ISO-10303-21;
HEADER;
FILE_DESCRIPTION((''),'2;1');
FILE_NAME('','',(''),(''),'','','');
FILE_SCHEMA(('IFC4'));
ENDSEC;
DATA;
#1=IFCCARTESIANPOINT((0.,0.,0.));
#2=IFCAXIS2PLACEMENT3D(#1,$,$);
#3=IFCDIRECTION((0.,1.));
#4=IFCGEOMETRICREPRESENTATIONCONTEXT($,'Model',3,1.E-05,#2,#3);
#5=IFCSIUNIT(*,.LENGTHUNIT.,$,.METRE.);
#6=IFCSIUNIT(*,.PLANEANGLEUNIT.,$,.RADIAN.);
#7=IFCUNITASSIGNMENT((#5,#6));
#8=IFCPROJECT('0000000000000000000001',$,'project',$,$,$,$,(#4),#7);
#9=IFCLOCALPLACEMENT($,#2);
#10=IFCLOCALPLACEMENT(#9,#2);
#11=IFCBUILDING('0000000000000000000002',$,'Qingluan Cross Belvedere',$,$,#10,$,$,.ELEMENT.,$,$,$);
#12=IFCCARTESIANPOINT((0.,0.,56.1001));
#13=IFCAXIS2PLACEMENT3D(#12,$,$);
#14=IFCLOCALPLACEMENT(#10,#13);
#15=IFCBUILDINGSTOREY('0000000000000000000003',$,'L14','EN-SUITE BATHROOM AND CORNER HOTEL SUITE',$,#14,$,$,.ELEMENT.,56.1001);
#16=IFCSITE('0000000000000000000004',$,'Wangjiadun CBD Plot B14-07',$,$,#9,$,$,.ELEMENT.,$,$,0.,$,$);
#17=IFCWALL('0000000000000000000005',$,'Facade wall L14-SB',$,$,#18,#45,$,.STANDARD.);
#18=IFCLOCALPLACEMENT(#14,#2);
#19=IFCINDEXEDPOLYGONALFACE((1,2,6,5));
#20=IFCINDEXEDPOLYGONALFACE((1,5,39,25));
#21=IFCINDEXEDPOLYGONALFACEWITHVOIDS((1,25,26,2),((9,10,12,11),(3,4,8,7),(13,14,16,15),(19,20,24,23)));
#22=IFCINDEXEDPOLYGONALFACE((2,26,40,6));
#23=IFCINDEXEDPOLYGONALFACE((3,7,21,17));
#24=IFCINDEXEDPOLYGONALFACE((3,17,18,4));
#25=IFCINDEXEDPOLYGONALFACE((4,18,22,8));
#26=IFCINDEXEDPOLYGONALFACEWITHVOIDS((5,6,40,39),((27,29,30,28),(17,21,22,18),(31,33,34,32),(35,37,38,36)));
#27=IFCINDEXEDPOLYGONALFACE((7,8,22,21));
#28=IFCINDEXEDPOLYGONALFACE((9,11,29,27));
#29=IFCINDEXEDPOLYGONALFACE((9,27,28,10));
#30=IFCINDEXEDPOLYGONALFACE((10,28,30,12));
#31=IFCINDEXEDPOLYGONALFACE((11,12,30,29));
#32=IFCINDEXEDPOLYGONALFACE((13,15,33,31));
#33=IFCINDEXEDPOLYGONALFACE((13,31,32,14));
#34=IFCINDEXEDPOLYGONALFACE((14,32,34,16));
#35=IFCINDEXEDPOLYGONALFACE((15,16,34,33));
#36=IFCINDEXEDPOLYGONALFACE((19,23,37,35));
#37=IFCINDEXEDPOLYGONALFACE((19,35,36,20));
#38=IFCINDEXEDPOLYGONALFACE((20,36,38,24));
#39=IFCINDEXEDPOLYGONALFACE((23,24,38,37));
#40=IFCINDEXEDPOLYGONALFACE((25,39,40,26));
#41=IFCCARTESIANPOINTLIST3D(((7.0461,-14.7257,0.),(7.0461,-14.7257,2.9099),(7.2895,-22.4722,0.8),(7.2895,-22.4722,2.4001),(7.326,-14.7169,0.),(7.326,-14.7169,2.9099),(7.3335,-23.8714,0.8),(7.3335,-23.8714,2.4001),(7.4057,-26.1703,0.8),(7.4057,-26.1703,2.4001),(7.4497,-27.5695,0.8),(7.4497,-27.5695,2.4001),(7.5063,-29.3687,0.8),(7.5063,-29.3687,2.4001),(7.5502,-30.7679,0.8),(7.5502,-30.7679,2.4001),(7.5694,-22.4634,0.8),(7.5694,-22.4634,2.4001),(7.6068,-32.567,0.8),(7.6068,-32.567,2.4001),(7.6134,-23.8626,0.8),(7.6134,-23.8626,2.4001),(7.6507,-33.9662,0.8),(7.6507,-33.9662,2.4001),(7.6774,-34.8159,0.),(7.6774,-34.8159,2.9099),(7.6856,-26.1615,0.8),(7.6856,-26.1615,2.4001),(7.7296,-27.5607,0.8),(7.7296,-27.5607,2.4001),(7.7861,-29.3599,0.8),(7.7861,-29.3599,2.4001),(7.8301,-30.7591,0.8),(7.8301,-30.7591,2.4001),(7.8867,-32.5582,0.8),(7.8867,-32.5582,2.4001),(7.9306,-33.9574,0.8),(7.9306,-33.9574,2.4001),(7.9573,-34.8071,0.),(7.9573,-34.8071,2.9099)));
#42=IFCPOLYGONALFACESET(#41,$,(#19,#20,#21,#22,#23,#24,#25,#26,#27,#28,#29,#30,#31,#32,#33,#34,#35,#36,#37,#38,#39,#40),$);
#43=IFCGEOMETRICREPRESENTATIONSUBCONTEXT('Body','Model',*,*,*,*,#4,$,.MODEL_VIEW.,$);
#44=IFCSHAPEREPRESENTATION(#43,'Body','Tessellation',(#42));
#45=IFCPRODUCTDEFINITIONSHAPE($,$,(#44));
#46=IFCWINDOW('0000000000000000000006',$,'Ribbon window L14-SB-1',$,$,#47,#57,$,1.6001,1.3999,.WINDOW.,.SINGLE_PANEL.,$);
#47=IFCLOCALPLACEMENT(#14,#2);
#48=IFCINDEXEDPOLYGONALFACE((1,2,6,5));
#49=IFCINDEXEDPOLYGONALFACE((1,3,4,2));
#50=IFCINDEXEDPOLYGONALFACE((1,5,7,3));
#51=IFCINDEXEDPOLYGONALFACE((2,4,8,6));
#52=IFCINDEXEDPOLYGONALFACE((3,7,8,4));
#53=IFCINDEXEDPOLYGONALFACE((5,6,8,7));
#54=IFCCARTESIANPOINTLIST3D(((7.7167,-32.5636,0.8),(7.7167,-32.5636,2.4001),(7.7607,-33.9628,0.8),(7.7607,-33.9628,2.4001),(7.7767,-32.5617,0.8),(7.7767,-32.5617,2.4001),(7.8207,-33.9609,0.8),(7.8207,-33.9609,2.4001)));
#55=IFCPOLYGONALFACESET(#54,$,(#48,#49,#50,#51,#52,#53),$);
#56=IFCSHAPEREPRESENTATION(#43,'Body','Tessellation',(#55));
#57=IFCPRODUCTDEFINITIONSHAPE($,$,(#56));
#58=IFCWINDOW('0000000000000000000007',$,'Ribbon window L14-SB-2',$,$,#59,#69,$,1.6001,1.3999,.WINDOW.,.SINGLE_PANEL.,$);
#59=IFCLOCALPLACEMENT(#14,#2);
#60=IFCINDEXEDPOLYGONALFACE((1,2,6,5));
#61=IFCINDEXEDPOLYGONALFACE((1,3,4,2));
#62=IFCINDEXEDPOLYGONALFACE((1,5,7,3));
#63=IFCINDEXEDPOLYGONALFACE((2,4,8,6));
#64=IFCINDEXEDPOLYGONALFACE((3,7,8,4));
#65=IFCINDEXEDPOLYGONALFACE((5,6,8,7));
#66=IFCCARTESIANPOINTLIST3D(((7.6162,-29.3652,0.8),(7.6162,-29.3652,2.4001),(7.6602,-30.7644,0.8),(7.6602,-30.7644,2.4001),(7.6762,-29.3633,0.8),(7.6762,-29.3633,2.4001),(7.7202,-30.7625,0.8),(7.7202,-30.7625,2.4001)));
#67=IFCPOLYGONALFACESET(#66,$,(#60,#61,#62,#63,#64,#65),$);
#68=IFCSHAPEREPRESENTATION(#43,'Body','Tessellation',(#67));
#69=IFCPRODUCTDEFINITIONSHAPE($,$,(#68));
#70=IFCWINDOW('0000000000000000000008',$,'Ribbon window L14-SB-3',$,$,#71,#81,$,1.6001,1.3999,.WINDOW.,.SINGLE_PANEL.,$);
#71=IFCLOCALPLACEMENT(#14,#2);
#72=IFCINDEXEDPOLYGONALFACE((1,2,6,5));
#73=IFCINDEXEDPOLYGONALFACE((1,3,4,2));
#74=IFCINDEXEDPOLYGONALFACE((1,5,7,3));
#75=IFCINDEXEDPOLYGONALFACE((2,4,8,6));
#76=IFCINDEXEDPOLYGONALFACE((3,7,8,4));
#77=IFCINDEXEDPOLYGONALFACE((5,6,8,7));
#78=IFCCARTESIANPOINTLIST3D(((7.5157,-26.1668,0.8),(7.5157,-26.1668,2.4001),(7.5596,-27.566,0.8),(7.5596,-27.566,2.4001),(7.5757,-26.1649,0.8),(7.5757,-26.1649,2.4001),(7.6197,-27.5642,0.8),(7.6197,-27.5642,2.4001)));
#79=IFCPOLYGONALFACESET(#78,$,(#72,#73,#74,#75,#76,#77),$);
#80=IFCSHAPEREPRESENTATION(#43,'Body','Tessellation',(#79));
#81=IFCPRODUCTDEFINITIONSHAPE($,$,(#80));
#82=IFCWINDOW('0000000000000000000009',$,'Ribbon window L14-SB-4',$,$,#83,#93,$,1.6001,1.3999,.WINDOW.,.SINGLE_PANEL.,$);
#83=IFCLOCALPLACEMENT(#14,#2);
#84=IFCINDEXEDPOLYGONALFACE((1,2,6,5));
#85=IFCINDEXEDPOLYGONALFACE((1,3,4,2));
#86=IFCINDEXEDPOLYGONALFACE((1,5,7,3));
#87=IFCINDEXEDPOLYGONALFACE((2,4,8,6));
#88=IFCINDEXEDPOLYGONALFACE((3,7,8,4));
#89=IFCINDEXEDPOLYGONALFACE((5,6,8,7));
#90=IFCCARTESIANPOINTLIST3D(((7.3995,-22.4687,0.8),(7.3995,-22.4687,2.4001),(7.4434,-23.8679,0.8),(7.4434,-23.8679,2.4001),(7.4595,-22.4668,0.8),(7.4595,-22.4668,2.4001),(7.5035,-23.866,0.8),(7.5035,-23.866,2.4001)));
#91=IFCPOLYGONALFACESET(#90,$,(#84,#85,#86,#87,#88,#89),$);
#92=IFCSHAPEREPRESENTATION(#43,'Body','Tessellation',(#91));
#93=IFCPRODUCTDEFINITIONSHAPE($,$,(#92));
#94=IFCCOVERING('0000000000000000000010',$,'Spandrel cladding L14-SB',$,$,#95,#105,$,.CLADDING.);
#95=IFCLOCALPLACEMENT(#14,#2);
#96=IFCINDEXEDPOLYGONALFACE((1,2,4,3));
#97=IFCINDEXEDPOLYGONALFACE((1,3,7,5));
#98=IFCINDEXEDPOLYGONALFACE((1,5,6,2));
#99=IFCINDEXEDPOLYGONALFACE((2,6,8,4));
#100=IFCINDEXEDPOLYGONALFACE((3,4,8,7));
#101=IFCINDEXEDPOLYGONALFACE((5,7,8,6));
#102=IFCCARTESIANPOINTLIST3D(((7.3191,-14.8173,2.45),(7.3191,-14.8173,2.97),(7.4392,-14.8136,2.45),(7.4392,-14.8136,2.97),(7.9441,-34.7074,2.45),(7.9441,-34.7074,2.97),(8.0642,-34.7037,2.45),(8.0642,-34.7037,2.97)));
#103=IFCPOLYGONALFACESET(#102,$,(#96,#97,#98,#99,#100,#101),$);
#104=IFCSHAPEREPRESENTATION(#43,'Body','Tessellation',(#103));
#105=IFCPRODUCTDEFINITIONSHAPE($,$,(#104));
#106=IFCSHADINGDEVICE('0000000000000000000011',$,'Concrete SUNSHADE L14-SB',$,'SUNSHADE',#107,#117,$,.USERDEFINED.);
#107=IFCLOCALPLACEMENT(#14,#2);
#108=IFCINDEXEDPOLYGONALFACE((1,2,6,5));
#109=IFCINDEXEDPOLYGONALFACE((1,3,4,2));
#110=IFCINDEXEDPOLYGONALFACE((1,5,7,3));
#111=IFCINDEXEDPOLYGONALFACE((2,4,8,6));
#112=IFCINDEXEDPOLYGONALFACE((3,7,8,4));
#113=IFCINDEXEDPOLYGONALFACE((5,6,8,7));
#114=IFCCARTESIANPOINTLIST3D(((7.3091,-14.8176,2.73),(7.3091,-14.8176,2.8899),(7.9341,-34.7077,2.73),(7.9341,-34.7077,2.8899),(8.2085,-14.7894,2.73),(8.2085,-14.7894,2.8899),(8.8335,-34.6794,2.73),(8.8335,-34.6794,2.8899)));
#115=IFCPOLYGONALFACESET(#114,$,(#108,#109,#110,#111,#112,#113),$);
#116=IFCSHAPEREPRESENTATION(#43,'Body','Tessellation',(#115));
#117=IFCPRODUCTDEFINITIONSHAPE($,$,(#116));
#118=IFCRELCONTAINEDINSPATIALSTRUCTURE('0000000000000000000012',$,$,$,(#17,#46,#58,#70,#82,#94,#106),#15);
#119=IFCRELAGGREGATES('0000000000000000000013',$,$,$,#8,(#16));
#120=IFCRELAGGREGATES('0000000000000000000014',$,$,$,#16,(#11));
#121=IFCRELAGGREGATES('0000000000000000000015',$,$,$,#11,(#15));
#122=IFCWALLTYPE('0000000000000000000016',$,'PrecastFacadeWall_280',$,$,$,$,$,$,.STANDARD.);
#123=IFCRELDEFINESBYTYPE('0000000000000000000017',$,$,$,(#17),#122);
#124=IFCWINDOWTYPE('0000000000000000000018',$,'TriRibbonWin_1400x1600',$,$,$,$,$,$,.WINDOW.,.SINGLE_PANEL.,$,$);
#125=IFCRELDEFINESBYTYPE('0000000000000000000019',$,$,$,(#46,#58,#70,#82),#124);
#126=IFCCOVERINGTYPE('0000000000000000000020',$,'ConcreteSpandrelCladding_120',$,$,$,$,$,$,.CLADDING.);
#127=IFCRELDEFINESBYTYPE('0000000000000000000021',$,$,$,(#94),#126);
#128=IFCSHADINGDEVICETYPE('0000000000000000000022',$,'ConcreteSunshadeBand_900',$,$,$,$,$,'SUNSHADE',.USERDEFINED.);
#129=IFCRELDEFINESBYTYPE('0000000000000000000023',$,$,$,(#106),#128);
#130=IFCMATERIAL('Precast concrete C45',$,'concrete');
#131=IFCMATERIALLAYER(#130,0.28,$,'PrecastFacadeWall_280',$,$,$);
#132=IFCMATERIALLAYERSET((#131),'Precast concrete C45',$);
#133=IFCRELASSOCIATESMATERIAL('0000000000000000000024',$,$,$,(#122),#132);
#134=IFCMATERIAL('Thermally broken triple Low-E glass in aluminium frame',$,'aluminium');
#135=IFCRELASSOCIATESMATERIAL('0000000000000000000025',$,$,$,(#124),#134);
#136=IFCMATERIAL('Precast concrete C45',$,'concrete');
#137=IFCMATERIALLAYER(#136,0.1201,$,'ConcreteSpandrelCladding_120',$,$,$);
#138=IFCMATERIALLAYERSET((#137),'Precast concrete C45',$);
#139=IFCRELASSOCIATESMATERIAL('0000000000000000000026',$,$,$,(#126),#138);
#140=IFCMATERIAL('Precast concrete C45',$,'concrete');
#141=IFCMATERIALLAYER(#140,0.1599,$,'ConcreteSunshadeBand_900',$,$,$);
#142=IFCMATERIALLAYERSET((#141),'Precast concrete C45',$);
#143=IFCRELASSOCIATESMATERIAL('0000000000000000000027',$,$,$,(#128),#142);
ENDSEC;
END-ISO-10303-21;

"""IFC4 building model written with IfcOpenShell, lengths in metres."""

from ifc_helpers import new_model, si_unit, direction, frame, frame_2d, origin, origin_2d, place, context, subcontext, project, spatial, rectangle, extrude, material, layer, layer_set, type_object, element, fill, save


model = new_model("IFC4")

# Units and contexts
model_context = context("Model", 3, precision=1e-05, world=origin(), true_north=direction((0.0, 1.0)))
body_context = subcontext(model_context, "Body", "Model", "MODEL_VIEW")
ifc_project = project(units=[si_unit("LENGTHUNIT", "METRE"), si_unit("PLANEANGLEUNIT", "RADIAN")], contexts=[model_context])

# Site, building, storey
site_placement = place(None, origin())
site = spatial("IfcSite", under=ifc_project, at=site_placement, Name="Wangjiadun CBD Plot B14-07", CompositionType="ELEMENT", RefElevation=0.0)
building_placement = place(site_placement, origin())
building = spatial("IfcBuilding", under=site, at=building_placement, Name="Qingluan Cross Belvedere", CompositionType="ELEMENT")
storey_placement = place(building_placement, frame((0.0, 0.0, 56.1001)))
storey = spatial("IfcBuildingStorey", under=building, at=storey_placement, Name="L14", Description="EN-SUITE BATHROOM AND CORNER HOTEL SUITE", CompositionType="ELEMENT", Elevation=56.1001)

# Wall, openings, windows
ifc_material_1 = material(Name="Precast concrete C45", Category="concrete")
ifc_layer_1 = layer(ifc_material_1, 0.28, Name="PrecastFacadeWall_280")
ifc_layer_set_1 = layer_set([ifc_layer_1], Name="Precast concrete C45")
wall_type_1 = type_object("IfcWallType", Name="PrecastFacadeWall_280", PredefinedType="STANDARD", material=ifc_layer_set_1)
wall_1_placement = place(storey_placement, frame((7.8174, -34.8115, 0.0), z_axis=(0.0, 0.0, 1.0), x_axis=(-0.03141, 0.999507, 0.0)))
wall_1 = element("IfcWall", 1, at=wall_1_placement, inside=storey, type_object=wall_type_1, Name="Facade wall L14-SB", PredefinedType="STANDARD", context=body_context, shape_type="SweptSolid", body=[
    extrude(rectangle(XDim=20.1001, YDim=0.28, at=frame_2d((10.05, 0.0))), origin(), (0.0, 0.0, 1.0), 2.9099),
])
opening_1_placement = place(wall_1_placement, frame((0.8501, 0.0, 0.8)))
opening_1 = element("IfcOpeningElement", 2, at=opening_1_placement, cuts=wall_1, PredefinedType="OPENING", context=body_context, shape_type="SweptSolid", body=[
    extrude(rectangle(XDim=1.3999, YDim=1.6001, at=frame_2d((0.7, 0.8))), frame((0.0, 0.1499, 0.0), z_axis=(0.0, -1.0, 0.0), x_axis=(1.0, 0.0, 0.0)), (0.0, 0.0, 1.0), 0.3),
])
opening_2_placement = place(wall_1_placement, frame((4.05, 0.0, 0.8)))
opening_2 = element("IfcOpeningElement", 3, at=opening_2_placement, cuts=wall_1, PredefinedType="OPENING", context=body_context, shape_type="SweptSolid", body=[
    extrude(rectangle(XDim=1.3999, YDim=1.6001, at=frame_2d((0.7, 0.8))), frame((0.0, 0.1499, 0.0), z_axis=(0.0, -1.0, 0.0), x_axis=(1.0, 0.0, 0.0)), (0.0, 0.0, 1.0), 0.3),
])
opening_3_placement = place(wall_1_placement, frame((7.25, 0.0, 0.8)))
opening_3 = element("IfcOpeningElement", 4, at=opening_3_placement, cuts=wall_1, PredefinedType="OPENING", context=body_context, shape_type="SweptSolid", body=[
    extrude(rectangle(XDim=1.3999, YDim=1.6001, at=frame_2d((0.7, 0.8))), frame((0.0, 0.1499, 0.0), z_axis=(0.0, -1.0, 0.0), x_axis=(1.0, 0.0, 0.0)), (0.0, 0.0, 1.0), 0.3),
])
opening_4_placement = place(wall_1_placement, frame((10.95, 0.0, 0.8)))
opening_4 = element("IfcOpeningElement", 5, at=opening_4_placement, cuts=wall_1, PredefinedType="OPENING", context=body_context, shape_type="SweptSolid", body=[
    extrude(rectangle(XDim=1.3999, YDim=1.6001, at=frame_2d((0.7, 0.8))), frame((0.0, 0.1499, 0.0), z_axis=(0.0, -1.0, 0.0), x_axis=(1.0, 0.0, 0.0)), (0.0, 0.0, 1.0), 0.3),
])
ifc_material_2 = material(Name="Thermally broken triple Low-E glass in aluminium frame", Category="aluminium")
window_type = type_object("IfcWindowType", Name="TriRibbonWin_1400x1600", PartitioningType="SINGLE_PANEL", PredefinedType="WINDOW", material=ifc_material_2)
window_1_placement = place(opening_1_placement, origin())
window_1 = element("IfcWindow", 6, at=window_1_placement, inside=storey, type_object=window_type, Name="Ribbon window L14-SB-1", OverallHeight=1.6001, OverallWidth=1.3999, PartitioningType="SINGLE_PANEL", PredefinedType="WINDOW", context=body_context, shape_type="SweptSolid", body=[
    extrude(rectangle(XDim=1.3999, YDim=1.6001, at=frame_2d((0.7, 0.8))), frame((0.0, 0.03, 0.0), z_axis=(0.0, -1.0, 0.0), x_axis=(1.0, 0.0, 0.0)), (0.0, 0.0, 1.0), 0.0601),
])
fill(opening_1, window_1)
window_2_placement = place(opening_2_placement, origin())
window_2 = element("IfcWindow", 7, at=window_2_placement, inside=storey, type_object=window_type, Name="Ribbon window L14-SB-2", OverallHeight=1.6001, OverallWidth=1.3999, PartitioningType="SINGLE_PANEL", PredefinedType="WINDOW", context=body_context, shape_type="SweptSolid", body=[
    extrude(rectangle(XDim=1.3999, YDim=1.6001, at=frame_2d((0.7, 0.8))), frame((0.0, 0.03, 0.0), z_axis=(0.0, -1.0, 0.0), x_axis=(1.0, 0.0, 0.0)), (0.0, 0.0, 1.0), 0.0601),
])
fill(opening_2, window_2)
window_3_placement = place(opening_3_placement, origin())
window_3 = element("IfcWindow", 8, at=window_3_placement, inside=storey, type_object=window_type, Name="Ribbon window L14-SB-3", OverallHeight=1.6001, OverallWidth=1.3999, PartitioningType="SINGLE_PANEL", PredefinedType="WINDOW", context=body_context, shape_type="SweptSolid", body=[
    extrude(rectangle(XDim=1.3999, YDim=1.6001, at=frame_2d((0.7, 0.8))), frame((0.0, 0.03, 0.0), z_axis=(0.0, -1.0, 0.0), x_axis=(1.0, 0.0, 0.0)), (0.0, 0.0, 1.0), 0.0601),
])
fill(opening_3, window_3)
window_4_placement = place(opening_4_placement, origin())
window_4 = element("IfcWindow", 9, at=window_4_placement, inside=storey, type_object=window_type, Name="Ribbon window L14-SB-4", OverallHeight=1.6001, OverallWidth=1.3999, PartitioningType="SINGLE_PANEL", PredefinedType="WINDOW", context=body_context, shape_type="SweptSolid", body=[
    extrude(rectangle(XDim=1.3999, YDim=1.6001, at=frame_2d((0.7, 0.8))), frame((0.0, 0.03, 0.0), z_axis=(0.0, -1.0, 0.0), x_axis=(1.0, 0.0, 0.0)), (0.0, 0.0, 1.0), 0.0601),
])
fill(opening_4, window_4)

# Covering
ifc_material_3 = material(Name="Precast concrete C45", Category="concrete")
ifc_layer_2 = layer(ifc_material_3, 0.1201, Name="ConcreteSpandrelCladding_120")
ifc_layer_set_2 = layer_set([ifc_layer_2], Name="Precast concrete C45")
covering_type = type_object("IfcCoveringType", Name="ConcreteSpandrelCladding_120", PredefinedType="CLADDING", material=ifc_layer_set_2)
covering_placement = place(storey_placement, frame((7.6917, -24.7605, 2.45), z_axis=(0.0, 0.0, 1.0), x_axis=(-0.031408, 0.999507, 0.0)))
element("IfcCovering", 10, at=covering_placement, inside=storey, type_object=covering_type, Name="Spandrel cladding L14-SB", PredefinedType="CLADDING", context=body_context, shape_type="SweptSolid", body=[
    extrude(rectangle(XDim=19.8999, YDim=0.1201, at=origin_2d()), origin(), (0.0, 0.0, 1.0), 0.52),
])

# Shading device
ifc_material_4 = material(Name="Precast concrete C45", Category="concrete")
ifc_layer_3 = layer(ifc_material_4, 0.1599, Name="ConcreteSunshadeBand_900")
ifc_layer_set_3 = layer_set([ifc_layer_3], Name="Precast concrete C45")
shading_device_type = type_object("IfcShadingDeviceType", Name="ConcreteSunshadeBand_900", ElementType="SUNSHADE", PredefinedType="USERDEFINED", material=ifc_layer_set_3)
shading_device_placement = place(storey_placement, frame((8.0713, -24.7485, 2.73), z_axis=(0.0, 0.0, 1.0), x_axis=(-0.031408, 0.999507, 0.0)))
element("IfcShadingDevice", 11, at=shading_device_placement, inside=storey, type_object=shading_device_type, Name="Concrete SUNSHADE L14-SB", ObjectType="SUNSHADE", PredefinedType="USERDEFINED", context=body_context, shape_type="SweptSolid", body=[
    extrude(rectangle(XDim=19.8999, YDim=0.8999, at=origin_2d()), origin(), (0.0, 0.0, 1.0), 0.1599),
])

save(model, "model.ifc")
